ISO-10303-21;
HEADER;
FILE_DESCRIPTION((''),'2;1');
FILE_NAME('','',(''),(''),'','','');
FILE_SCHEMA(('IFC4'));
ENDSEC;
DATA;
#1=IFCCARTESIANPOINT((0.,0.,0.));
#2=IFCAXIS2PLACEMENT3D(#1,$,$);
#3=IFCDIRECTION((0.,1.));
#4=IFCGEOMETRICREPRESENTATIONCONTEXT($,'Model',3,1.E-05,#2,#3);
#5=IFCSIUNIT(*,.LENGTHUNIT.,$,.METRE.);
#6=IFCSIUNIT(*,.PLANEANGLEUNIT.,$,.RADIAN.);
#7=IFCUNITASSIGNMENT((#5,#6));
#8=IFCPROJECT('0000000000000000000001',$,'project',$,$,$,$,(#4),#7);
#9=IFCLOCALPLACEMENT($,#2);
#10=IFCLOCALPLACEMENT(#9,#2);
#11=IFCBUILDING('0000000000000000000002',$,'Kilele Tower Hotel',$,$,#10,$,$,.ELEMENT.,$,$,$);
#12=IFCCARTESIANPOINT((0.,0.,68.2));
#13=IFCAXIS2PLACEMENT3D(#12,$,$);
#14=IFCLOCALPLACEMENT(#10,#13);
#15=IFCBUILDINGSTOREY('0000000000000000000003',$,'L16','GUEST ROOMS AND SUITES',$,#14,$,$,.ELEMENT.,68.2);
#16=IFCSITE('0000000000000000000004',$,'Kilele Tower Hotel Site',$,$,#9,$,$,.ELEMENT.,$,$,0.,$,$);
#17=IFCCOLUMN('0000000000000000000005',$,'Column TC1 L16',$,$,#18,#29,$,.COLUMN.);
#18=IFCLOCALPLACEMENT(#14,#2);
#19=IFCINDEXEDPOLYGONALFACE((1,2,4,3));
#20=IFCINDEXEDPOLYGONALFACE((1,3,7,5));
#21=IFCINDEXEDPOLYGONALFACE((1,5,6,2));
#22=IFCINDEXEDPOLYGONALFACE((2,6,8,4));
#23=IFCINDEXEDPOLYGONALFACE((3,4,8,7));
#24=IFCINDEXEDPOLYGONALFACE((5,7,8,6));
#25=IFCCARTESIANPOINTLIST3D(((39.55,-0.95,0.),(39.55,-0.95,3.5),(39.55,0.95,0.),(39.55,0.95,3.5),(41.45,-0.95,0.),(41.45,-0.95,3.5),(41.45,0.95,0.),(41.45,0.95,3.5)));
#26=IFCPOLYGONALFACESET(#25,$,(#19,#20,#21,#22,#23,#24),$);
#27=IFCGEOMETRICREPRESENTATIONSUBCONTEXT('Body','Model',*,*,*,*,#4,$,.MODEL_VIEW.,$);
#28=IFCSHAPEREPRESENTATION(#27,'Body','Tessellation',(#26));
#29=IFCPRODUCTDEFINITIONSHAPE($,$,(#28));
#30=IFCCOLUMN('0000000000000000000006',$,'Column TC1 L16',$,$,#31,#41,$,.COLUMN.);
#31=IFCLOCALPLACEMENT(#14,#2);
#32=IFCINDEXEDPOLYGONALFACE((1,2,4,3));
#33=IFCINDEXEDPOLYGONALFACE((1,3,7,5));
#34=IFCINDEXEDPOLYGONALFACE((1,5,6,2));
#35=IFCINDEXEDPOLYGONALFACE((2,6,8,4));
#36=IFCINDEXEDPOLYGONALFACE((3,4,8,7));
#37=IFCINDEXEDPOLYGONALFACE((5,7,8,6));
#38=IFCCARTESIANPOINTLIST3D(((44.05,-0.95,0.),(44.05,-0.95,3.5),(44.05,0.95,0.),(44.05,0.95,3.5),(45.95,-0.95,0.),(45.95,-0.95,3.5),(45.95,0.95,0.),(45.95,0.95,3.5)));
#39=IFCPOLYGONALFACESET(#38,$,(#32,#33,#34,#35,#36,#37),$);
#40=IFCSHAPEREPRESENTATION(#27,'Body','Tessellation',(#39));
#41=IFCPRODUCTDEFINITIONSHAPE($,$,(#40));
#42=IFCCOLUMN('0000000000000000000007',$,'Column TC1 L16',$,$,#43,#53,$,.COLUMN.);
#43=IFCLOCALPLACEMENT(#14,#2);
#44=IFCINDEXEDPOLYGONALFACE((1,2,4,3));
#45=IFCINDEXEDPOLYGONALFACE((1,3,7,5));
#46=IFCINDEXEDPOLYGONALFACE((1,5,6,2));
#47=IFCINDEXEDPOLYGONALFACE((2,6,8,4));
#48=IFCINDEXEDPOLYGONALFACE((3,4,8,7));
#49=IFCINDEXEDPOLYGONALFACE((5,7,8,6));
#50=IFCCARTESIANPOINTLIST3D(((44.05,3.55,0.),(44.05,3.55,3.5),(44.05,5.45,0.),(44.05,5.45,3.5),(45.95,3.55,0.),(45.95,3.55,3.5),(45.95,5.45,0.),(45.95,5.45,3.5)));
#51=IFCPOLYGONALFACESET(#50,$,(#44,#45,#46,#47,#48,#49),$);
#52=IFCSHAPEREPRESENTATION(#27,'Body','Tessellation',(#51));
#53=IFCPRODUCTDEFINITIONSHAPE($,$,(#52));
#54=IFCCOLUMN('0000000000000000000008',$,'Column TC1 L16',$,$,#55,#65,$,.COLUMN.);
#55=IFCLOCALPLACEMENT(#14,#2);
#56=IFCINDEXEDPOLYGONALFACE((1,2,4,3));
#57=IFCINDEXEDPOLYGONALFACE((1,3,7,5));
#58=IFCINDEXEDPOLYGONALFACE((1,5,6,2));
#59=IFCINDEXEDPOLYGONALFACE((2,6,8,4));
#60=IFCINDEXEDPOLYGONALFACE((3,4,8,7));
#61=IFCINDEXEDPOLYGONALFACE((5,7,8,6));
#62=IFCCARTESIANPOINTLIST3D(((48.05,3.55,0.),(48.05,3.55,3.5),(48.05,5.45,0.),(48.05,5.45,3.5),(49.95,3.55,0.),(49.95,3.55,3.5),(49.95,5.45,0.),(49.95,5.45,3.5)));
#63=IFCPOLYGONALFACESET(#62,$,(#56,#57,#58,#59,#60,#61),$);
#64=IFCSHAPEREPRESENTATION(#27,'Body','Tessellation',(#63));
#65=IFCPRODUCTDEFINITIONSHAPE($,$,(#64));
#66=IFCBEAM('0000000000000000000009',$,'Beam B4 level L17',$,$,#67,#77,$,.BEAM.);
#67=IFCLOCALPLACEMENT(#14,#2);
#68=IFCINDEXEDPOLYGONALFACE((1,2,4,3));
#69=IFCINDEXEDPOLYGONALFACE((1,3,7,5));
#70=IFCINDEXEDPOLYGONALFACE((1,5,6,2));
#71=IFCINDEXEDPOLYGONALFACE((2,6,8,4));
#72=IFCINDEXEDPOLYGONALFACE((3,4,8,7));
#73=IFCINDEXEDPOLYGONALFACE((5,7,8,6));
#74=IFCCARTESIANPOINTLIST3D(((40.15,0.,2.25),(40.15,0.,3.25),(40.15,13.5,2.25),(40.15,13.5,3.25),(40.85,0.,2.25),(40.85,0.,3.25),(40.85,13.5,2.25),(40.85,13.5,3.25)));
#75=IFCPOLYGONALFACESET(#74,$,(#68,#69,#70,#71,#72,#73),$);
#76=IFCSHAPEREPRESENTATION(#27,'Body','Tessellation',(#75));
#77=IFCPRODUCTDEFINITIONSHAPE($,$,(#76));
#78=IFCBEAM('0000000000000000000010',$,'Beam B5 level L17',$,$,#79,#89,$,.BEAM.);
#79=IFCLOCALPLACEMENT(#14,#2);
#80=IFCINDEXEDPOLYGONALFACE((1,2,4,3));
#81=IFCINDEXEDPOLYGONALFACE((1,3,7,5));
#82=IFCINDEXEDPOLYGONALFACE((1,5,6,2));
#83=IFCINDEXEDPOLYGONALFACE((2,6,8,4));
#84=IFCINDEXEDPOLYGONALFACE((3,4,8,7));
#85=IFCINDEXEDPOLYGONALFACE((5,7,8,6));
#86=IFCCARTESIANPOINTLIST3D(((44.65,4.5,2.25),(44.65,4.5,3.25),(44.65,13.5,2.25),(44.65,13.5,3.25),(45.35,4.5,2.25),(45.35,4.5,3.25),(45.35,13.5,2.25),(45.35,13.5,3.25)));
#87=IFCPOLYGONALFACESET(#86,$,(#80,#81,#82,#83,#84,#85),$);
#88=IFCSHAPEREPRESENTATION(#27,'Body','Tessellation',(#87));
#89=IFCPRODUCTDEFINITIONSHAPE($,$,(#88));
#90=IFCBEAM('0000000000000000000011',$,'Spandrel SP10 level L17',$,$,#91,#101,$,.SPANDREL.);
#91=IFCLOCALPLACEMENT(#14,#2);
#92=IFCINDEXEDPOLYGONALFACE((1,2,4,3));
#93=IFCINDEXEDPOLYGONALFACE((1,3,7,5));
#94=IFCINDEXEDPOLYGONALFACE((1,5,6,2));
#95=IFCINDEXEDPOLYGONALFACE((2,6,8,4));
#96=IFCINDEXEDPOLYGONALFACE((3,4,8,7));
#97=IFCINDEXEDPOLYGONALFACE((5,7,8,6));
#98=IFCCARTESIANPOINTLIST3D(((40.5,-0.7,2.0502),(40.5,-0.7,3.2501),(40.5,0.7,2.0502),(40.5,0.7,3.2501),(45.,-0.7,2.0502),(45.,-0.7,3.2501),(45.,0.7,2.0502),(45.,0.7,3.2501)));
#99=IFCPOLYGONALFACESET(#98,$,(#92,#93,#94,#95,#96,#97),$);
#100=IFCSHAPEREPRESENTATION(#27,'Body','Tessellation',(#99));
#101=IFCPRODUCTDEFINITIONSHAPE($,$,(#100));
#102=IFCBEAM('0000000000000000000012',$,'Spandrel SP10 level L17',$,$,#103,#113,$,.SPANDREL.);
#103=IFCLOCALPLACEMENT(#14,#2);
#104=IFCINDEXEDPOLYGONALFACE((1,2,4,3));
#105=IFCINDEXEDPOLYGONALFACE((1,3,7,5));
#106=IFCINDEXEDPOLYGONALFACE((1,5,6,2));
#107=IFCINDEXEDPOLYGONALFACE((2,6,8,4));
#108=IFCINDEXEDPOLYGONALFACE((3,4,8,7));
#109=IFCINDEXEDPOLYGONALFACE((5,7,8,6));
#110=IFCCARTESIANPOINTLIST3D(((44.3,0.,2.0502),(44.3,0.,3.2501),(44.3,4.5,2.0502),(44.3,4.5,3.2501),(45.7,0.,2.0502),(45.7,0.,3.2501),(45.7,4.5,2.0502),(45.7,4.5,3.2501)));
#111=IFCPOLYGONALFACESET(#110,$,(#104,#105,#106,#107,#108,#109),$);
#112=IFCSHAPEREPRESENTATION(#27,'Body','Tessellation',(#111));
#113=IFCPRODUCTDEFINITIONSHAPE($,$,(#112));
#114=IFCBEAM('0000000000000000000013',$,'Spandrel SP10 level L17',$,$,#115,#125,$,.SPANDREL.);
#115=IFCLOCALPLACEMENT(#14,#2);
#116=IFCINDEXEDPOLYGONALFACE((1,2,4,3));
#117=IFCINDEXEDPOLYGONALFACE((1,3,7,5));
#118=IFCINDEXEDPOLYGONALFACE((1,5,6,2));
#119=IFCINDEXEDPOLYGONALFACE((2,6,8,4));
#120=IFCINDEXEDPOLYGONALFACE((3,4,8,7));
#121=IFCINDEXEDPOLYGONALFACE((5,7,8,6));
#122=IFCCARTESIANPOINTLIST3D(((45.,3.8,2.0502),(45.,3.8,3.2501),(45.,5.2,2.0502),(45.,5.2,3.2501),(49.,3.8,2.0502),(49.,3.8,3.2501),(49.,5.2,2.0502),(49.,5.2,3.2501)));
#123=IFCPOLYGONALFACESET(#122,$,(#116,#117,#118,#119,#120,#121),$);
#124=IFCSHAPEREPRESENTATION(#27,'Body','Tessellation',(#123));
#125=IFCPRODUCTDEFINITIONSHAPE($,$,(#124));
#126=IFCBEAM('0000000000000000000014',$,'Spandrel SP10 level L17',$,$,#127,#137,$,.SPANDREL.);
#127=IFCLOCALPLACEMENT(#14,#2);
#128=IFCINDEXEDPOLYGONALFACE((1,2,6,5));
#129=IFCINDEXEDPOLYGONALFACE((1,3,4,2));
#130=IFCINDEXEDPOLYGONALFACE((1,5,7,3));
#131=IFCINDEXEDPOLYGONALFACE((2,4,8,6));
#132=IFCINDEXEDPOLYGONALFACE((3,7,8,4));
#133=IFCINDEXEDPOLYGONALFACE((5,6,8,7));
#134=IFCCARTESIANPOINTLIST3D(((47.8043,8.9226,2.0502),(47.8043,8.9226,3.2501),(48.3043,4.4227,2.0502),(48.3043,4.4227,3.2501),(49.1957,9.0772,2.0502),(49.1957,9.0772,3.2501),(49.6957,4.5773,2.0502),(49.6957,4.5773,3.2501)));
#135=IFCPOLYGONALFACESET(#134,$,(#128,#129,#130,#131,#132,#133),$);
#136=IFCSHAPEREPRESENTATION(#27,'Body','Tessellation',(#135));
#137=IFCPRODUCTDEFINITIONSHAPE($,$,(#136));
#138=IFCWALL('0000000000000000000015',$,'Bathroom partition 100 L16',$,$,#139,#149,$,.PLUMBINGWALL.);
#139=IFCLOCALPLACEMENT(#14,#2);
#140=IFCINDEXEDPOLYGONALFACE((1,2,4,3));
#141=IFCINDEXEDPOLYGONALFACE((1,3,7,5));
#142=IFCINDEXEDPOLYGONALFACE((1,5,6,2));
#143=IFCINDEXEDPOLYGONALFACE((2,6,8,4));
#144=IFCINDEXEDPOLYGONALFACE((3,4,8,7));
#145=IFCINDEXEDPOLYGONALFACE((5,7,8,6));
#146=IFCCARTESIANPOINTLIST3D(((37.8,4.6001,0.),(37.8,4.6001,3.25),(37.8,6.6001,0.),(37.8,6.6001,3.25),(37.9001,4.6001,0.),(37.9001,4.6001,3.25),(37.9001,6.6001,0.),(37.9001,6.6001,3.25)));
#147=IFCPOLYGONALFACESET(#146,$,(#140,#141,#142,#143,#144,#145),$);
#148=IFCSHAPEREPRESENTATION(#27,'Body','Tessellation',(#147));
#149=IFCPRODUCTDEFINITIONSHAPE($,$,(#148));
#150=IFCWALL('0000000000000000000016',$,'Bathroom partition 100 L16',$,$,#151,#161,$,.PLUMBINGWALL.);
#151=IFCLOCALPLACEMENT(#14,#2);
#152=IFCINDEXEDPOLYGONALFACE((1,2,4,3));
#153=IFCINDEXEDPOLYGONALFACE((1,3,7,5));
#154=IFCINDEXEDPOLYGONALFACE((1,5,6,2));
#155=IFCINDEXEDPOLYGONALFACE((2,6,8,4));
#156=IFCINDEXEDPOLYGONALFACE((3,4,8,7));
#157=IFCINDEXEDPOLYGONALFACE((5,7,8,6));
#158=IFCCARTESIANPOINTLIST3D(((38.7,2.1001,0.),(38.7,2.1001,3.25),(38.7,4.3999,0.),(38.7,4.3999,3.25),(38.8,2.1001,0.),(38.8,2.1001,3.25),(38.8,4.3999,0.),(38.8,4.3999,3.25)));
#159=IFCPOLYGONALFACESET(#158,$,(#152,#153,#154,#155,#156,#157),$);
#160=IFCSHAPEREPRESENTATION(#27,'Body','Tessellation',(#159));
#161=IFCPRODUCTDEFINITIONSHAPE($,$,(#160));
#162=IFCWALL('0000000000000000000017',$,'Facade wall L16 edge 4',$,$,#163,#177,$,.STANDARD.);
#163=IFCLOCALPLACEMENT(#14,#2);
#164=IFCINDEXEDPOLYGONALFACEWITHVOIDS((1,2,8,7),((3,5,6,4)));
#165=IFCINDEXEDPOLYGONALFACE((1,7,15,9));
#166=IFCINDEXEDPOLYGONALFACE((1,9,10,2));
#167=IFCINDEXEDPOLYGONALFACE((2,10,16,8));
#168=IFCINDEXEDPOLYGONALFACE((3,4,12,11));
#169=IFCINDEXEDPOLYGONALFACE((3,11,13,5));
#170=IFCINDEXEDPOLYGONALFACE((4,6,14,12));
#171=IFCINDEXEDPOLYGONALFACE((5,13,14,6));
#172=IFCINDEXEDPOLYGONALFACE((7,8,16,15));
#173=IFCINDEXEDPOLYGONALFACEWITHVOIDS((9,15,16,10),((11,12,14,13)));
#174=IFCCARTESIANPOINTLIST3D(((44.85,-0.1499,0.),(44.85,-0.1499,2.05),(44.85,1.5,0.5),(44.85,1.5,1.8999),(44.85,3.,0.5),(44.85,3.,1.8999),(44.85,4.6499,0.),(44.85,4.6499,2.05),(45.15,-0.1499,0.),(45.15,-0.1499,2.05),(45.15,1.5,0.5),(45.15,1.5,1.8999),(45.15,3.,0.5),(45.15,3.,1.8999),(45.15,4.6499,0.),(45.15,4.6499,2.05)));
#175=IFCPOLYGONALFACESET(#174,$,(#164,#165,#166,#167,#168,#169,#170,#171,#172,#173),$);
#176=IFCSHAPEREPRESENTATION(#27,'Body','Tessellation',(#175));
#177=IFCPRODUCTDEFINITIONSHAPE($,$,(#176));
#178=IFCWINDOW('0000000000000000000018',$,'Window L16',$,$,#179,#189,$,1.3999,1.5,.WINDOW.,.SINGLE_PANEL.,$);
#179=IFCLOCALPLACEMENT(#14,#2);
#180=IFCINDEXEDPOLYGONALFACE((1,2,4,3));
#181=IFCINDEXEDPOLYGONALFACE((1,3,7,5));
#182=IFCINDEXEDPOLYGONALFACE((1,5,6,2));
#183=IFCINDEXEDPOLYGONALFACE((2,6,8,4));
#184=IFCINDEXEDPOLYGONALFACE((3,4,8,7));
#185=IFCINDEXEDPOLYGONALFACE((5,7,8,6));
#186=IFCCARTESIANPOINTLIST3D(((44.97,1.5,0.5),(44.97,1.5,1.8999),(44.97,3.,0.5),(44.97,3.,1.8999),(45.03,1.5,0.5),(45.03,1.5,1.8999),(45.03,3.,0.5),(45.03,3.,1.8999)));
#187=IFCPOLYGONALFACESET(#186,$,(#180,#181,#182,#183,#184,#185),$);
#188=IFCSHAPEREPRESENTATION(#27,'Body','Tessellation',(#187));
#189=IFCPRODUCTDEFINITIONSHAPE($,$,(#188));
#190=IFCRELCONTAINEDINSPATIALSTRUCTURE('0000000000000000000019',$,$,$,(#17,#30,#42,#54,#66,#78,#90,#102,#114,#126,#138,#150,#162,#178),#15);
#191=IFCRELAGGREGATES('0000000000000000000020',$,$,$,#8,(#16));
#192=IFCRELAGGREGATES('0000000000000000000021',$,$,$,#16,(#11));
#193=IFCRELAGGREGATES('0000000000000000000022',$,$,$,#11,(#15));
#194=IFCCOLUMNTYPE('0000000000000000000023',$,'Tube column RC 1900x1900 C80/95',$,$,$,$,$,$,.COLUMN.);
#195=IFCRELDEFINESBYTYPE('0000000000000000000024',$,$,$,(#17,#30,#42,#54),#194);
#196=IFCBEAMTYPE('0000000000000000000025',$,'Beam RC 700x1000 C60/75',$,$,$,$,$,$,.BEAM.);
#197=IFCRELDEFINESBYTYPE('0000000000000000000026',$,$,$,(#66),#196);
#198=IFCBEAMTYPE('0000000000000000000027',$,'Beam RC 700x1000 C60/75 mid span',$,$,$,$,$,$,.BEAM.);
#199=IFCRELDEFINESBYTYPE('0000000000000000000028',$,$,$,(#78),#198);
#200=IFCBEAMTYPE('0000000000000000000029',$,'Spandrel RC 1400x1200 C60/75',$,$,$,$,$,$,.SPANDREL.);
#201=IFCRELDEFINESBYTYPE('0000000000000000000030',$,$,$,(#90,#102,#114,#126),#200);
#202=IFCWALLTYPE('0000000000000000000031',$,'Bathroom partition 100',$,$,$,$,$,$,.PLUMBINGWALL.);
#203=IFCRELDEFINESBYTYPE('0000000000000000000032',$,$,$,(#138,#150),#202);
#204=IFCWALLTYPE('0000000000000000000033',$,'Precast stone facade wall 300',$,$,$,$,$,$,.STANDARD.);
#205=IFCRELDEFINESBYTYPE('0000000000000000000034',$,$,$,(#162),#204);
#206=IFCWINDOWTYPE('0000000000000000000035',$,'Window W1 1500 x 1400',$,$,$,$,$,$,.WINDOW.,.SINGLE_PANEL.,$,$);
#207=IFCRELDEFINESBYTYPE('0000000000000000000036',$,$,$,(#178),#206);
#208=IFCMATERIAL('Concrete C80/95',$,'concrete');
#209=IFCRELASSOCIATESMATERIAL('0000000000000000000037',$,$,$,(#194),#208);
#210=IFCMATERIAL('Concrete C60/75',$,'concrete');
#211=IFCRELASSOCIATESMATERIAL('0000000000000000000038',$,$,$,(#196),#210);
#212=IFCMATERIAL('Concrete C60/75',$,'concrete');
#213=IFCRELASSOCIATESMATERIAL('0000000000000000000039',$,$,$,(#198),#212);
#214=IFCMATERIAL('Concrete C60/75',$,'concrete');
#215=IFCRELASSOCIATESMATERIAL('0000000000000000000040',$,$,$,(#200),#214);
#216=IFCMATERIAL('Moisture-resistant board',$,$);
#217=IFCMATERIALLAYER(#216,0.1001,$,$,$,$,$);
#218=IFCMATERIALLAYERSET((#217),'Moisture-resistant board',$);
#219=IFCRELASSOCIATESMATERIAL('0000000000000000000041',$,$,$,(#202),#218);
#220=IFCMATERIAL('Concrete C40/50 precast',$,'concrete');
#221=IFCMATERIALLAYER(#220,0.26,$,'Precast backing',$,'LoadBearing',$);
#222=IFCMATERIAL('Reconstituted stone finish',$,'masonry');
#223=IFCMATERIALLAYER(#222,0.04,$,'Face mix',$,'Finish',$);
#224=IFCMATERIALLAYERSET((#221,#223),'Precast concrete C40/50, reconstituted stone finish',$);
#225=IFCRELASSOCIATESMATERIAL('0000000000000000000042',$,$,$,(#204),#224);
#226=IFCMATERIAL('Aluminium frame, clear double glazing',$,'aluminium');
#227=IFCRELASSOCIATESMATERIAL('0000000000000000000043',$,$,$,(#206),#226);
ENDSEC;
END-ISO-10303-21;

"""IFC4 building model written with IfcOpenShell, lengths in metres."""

from ifc_helpers import new_model, si_unit, direction, frame, frame_2d, origin, origin_2d, place, context, subcontext, project, spatial, rectangle, extrude, material, layer, layer_set, material_profile, profile_set, type_object, element, fill, save


model = new_model("IFC4")

# Units and contexts
model_context = context("Model", 3, precision=1e-05, world=origin(), true_north=direction((0.0, 1.0)))
body_context = subcontext(model_context, "Body", "Model", "MODEL_VIEW")
ifc_project = project(units=[si_unit("LENGTHUNIT", "METRE"), si_unit("PLANEANGLEUNIT", "RADIAN")], contexts=[model_context])

# Site, building, storey
site_placement = place(None, origin())
site = spatial("IfcSite", under=ifc_project, at=site_placement, Name="Kilele Tower Hotel Site", CompositionType="ELEMENT", RefElevation=0.0)
building_placement = place(site_placement, origin())
building = spatial("IfcBuilding", under=site, at=building_placement, Name="Kilele Tower Hotel", CompositionType="ELEMENT")
storey_placement = place(building_placement, frame((0.0, 0.0, 68.2)))
storey = spatial("IfcBuildingStorey", under=building, at=storey_placement, Name="L16", Description="GUEST ROOMS AND SUITES", CompositionType="ELEMENT", Elevation=68.2)

# Columns
ifc_material_1 = material(Name="Concrete C80/95", Category="concrete")
ifc_material_profile_1 = material_profile(ifc_material_1, rectangle(XDim=1.8999, YDim=1.8999, at=origin_2d()))
ifc_profile_set_1 = profile_set([ifc_material_profile_1], Name="Concrete C80/95")
column_type = type_object("IfcColumnType", Name="Tube column RC 1900x1900 C80/95", PredefinedType="COLUMN", material=ifc_profile_set_1)
for number, where, z_axis, x_axis, name in (
    (1, (40.5, 0.0, 0.0), (0.0, 0.0, 1.0), (1.0, 0.0, 0.0), "Column TC1 L16"),
    (2, (45.0, 0.0, 0.0), (0.0, 0.0, 1.0), (1.0, 0.0, 0.0), "Column TC1 L16"),
    (3, (45.0, 4.5, 0.0), (0.0, 0.0, 1.0), (1.0, 0.0, 0.0), "Column TC1 L16"),
    (4, (49.0, 4.5, 0.0), (0.0, 0.0, 1.0), (1.0, 0.0, 0.0), "Column TC1 L16"),
):
    element("IfcColumn", number, at=place(storey_placement, frame(where, z_axis=z_axis, x_axis=x_axis)), inside=storey, type_object=column_type, Name=name, PredefinedType="COLUMN", context=body_context, shape_type="SweptSolid", body=[
        extrude(rectangle(XDim=1.8999, YDim=1.8999, at=origin_2d()), origin(), (0.0, 0.0, 1.0), 3.5),
    ])

# Beams
ifc_material_2 = material(Name="Concrete C60/75", Category="concrete")
ifc_material_profile_2 = material_profile(ifc_material_2, rectangle(XDim=0.7, YDim=1.0, at=origin_2d()))
ifc_profile_set_2 = profile_set([ifc_material_profile_2], Name="Concrete C60/75")
beam_type_1 = type_object("IfcBeamType", Name="Beam RC 700x1000 C60/75", PredefinedType="BEAM", material=ifc_profile_set_2)
beam_1_placement = place(storey_placement, frame((40.5, 0.0, 2.75), z_axis=(0.0, 1.0, 0.0), x_axis=(-1.0, 0.0, 0.0)))
element("IfcBeam", 5, at=beam_1_placement, inside=storey, type_object=beam_type_1, Name="Beam B4 level L17", PredefinedType="BEAM", context=body_context, shape_type="SweptSolid", body=[
    extrude(rectangle(XDim=0.7, YDim=1.0, at=origin_2d()), origin(), (0.0, 0.0, 1.0), 13.5),
])
ifc_material_3 = material(Name="Concrete C60/75", Category="concrete")
ifc_material_profile_3 = material_profile(ifc_material_3, rectangle(XDim=0.7, YDim=1.0, at=origin_2d()))
ifc_profile_set_3 = profile_set([ifc_material_profile_3], Name="Concrete C60/75")
beam_type_2 = type_object("IfcBeamType", Name="Beam RC 700x1000 C60/75 mid span", PredefinedType="BEAM", material=ifc_profile_set_3)
beam_2_placement = place(storey_placement, frame((45.0, 4.5, 2.75), z_axis=(0.0, 1.0, 0.0), x_axis=(-1.0, 0.0, 0.0)))
element("IfcBeam", 6, at=beam_2_placement, inside=storey, type_object=beam_type_2, Name="Beam B5 level L17", PredefinedType="BEAM", context=body_context, shape_type="SweptSolid", body=[
    extrude(rectangle(XDim=0.7, YDim=1.0, at=origin_2d()), origin(), (0.0, 0.0, 1.0), 9.0),
])
ifc_material_4 = material(Name="Concrete C60/75", Category="concrete")
ifc_material_profile_4 = material_profile(ifc_material_4, rectangle(XDim=1.3999, YDim=1.2, at=origin_2d()))
ifc_profile_set_4 = profile_set([ifc_material_profile_4], Name="Concrete C60/75")
beam_type_3 = type_object("IfcBeamType", Name="Spandrel RC 1400x1200 C60/75", PredefinedType="SPANDREL", material=ifc_profile_set_4)
for number, where, z_axis, x_axis, name in (
    (7, (40.5, 0.0, 2.6501), (1.0, 0.0, 0.0), (0.0, 1.0, 0.0), "Spandrel SP10 level L17"),
    (8, (45.0, 0.0, 2.6501), (0.0, 1.0, 0.0), (-1.0, 0.0, 0.0), "Spandrel SP10 level L17"),
):
    element("IfcBeam", number, at=place(storey_placement, frame(where, z_axis=z_axis, x_axis=x_axis)), inside=storey, type_object=beam_type_3, Name=name, PredefinedType="SPANDREL", context=body_context, shape_type="SweptSolid", body=[
        extrude(rectangle(XDim=1.3999, YDim=1.2, at=origin_2d()), origin(), (0.0, 0.0, 1.0), 4.5),
    ])
beam_3_placement = place(storey_placement, frame((45.0, 4.5, 2.6501), z_axis=(1.0, 0.0, 0.0), x_axis=(0.0, 1.0, 0.0)))
element("IfcBeam", 9, at=beam_3_placement, inside=storey, type_object=beam_type_3, Name="Spandrel SP10 level L17", PredefinedType="SPANDREL", context=body_context, shape_type="SweptSolid", body=[
    extrude(rectangle(XDim=1.3999, YDim=1.2, at=origin_2d()), origin(), (0.0, 0.0, 1.0), 4.0),
])
beam_4_placement = place(storey_placement, frame((49.0, 4.5, 2.6501), z_axis=(-0.110432, 0.993884, 0.0), x_axis=(-0.993884, -0.110432, 0.0)))
element("IfcBeam", 10, at=beam_4_placement, inside=storey, type_object=beam_type_3, Name="Spandrel SP10 level L17", PredefinedType="SPANDREL", context=body_context, shape_type="SweptSolid", body=[
    extrude(rectangle(XDim=1.3999, YDim=1.2, at=origin_2d()), origin(), (0.0, 0.0, 1.0), 4.5276),
])

# Walls
ifc_material_5 = material(Name="Moisture-resistant board")
ifc_layer_1 = layer(ifc_material_5, 0.1001)
ifc_layer_set_1 = layer_set([ifc_layer_1], Name="Moisture-resistant board")
wall_type_1 = type_object("IfcWallType", Name="Bathroom partition 100", PredefinedType="PLUMBINGWALL", material=ifc_layer_set_1)
wall_1_placement = place(storey_placement, frame((37.8501, 4.6001, 0.0), z_axis=(0.0, 0.0, 1.0), x_axis=(0.0, 1.0, 0.0)))
element("IfcWall", 11, at=wall_1_placement, inside=storey, type_object=wall_type_1, Name="Bathroom partition 100 L16", PredefinedType="PLUMBINGWALL", context=body_context, shape_type="SweptSolid", body=[
    extrude(rectangle(XDim=2.0, YDim=0.1001, at=frame_2d((1.0, 0.0))), origin(), (0.0, 0.0, 1.0), 3.25),
])
wall_2_placement = place(storey_placement, frame((38.75, 4.3999, 0.0), z_axis=(0.0, 0.0, 1.0), x_axis=(0.0, -1.0, 0.0)))
element("IfcWall", 12, at=wall_2_placement, inside=storey, type_object=wall_type_1, Name="Bathroom partition 100 L16", PredefinedType="PLUMBINGWALL", context=body_context, shape_type="SweptSolid", body=[
    extrude(rectangle(XDim=2.2998, YDim=0.1001, at=frame_2d((1.1499, 0.0))), origin(), (0.0, 0.0, 1.0), 3.25),
])

# Wall, opening, window
ifc_material_6 = material(Name="Concrete C40/50 precast", Category="concrete")
ifc_layer_2 = layer(ifc_material_6, 0.26, Name="Precast backing", Category="LoadBearing")
ifc_material_7 = material(Name="Reconstituted stone finish", Category="masonry")
ifc_layer_3 = layer(ifc_material_7, 0.04, Name="Face mix", Category="Finish")
ifc_layer_set_2 = layer_set([ifc_layer_2, ifc_layer_3], Name="Precast concrete C40/50, reconstituted stone finish")
wall_type_2 = type_object("IfcWallType", Name="Precast stone facade wall 300", PredefinedType="STANDARD", material=ifc_layer_set_2)
wall_3_placement = place(storey_placement, frame((45.0, -0.1499, 0.0), z_axis=(0.0, 0.0, 1.0), x_axis=(0.0, 1.0, 0.0)))
wall_3 = element("IfcWall", 13, at=wall_3_placement, inside=storey, type_object=wall_type_2, Name="Facade wall L16 edge 4", PredefinedType="STANDARD", context=body_context, shape_type="SweptSolid", body=[
    extrude(rectangle(XDim=4.7998, YDim=0.3, at=frame_2d((2.3999, 0.0))), origin(), (0.0, 0.0, 1.0), 2.05),
])
opening_1_placement = place(wall_3_placement, frame((1.6499, 0.0, 0.5)))
opening_1 = element("IfcOpeningElement", 14, at=opening_1_placement, cuts=wall_3, PredefinedType="OPENING", context=body_context, shape_type="SweptSolid", body=[
    extrude(rectangle(XDim=1.5, YDim=1.3999, at=frame_2d((0.75, 0.7))), frame((0.0, 0.1599, 0.0), z_axis=(0.0, -1.0, 0.0), x_axis=(1.0, 0.0, 0.0)), (0.0, 0.0, 1.0), 0.3201),
])
ifc_material_8 = material(Name="Aluminium frame, clear double glazing", Category="aluminium")
window_type = type_object("IfcWindowType", Name="Window W1 1500 x 1400", PartitioningType="SINGLE_PANEL", PredefinedType="WINDOW", material=ifc_material_8)
window_1_placement = place(opening_1_placement, origin())
window_1 = element("IfcWindow", 15, at=window_1_placement, inside=storey, type_object=window_type, Name="Window L16", OverallHeight=1.3999, OverallWidth=1.5, PartitioningType="SINGLE_PANEL", PredefinedType="WINDOW", context=body_context, shape_type="SweptSolid", body=[
    extrude(rectangle(XDim=1.5, YDim=1.3999, at=frame_2d((0.75, 0.7))), frame((0.0, 0.03, 0.0), z_axis=(0.0, -1.0, 0.0), x_axis=(1.0, 0.0, 0.0)), (0.0, 0.0, 1.0), 0.0601),
])
fill(opening_1, window_1)

save(model, "model.ifc")
